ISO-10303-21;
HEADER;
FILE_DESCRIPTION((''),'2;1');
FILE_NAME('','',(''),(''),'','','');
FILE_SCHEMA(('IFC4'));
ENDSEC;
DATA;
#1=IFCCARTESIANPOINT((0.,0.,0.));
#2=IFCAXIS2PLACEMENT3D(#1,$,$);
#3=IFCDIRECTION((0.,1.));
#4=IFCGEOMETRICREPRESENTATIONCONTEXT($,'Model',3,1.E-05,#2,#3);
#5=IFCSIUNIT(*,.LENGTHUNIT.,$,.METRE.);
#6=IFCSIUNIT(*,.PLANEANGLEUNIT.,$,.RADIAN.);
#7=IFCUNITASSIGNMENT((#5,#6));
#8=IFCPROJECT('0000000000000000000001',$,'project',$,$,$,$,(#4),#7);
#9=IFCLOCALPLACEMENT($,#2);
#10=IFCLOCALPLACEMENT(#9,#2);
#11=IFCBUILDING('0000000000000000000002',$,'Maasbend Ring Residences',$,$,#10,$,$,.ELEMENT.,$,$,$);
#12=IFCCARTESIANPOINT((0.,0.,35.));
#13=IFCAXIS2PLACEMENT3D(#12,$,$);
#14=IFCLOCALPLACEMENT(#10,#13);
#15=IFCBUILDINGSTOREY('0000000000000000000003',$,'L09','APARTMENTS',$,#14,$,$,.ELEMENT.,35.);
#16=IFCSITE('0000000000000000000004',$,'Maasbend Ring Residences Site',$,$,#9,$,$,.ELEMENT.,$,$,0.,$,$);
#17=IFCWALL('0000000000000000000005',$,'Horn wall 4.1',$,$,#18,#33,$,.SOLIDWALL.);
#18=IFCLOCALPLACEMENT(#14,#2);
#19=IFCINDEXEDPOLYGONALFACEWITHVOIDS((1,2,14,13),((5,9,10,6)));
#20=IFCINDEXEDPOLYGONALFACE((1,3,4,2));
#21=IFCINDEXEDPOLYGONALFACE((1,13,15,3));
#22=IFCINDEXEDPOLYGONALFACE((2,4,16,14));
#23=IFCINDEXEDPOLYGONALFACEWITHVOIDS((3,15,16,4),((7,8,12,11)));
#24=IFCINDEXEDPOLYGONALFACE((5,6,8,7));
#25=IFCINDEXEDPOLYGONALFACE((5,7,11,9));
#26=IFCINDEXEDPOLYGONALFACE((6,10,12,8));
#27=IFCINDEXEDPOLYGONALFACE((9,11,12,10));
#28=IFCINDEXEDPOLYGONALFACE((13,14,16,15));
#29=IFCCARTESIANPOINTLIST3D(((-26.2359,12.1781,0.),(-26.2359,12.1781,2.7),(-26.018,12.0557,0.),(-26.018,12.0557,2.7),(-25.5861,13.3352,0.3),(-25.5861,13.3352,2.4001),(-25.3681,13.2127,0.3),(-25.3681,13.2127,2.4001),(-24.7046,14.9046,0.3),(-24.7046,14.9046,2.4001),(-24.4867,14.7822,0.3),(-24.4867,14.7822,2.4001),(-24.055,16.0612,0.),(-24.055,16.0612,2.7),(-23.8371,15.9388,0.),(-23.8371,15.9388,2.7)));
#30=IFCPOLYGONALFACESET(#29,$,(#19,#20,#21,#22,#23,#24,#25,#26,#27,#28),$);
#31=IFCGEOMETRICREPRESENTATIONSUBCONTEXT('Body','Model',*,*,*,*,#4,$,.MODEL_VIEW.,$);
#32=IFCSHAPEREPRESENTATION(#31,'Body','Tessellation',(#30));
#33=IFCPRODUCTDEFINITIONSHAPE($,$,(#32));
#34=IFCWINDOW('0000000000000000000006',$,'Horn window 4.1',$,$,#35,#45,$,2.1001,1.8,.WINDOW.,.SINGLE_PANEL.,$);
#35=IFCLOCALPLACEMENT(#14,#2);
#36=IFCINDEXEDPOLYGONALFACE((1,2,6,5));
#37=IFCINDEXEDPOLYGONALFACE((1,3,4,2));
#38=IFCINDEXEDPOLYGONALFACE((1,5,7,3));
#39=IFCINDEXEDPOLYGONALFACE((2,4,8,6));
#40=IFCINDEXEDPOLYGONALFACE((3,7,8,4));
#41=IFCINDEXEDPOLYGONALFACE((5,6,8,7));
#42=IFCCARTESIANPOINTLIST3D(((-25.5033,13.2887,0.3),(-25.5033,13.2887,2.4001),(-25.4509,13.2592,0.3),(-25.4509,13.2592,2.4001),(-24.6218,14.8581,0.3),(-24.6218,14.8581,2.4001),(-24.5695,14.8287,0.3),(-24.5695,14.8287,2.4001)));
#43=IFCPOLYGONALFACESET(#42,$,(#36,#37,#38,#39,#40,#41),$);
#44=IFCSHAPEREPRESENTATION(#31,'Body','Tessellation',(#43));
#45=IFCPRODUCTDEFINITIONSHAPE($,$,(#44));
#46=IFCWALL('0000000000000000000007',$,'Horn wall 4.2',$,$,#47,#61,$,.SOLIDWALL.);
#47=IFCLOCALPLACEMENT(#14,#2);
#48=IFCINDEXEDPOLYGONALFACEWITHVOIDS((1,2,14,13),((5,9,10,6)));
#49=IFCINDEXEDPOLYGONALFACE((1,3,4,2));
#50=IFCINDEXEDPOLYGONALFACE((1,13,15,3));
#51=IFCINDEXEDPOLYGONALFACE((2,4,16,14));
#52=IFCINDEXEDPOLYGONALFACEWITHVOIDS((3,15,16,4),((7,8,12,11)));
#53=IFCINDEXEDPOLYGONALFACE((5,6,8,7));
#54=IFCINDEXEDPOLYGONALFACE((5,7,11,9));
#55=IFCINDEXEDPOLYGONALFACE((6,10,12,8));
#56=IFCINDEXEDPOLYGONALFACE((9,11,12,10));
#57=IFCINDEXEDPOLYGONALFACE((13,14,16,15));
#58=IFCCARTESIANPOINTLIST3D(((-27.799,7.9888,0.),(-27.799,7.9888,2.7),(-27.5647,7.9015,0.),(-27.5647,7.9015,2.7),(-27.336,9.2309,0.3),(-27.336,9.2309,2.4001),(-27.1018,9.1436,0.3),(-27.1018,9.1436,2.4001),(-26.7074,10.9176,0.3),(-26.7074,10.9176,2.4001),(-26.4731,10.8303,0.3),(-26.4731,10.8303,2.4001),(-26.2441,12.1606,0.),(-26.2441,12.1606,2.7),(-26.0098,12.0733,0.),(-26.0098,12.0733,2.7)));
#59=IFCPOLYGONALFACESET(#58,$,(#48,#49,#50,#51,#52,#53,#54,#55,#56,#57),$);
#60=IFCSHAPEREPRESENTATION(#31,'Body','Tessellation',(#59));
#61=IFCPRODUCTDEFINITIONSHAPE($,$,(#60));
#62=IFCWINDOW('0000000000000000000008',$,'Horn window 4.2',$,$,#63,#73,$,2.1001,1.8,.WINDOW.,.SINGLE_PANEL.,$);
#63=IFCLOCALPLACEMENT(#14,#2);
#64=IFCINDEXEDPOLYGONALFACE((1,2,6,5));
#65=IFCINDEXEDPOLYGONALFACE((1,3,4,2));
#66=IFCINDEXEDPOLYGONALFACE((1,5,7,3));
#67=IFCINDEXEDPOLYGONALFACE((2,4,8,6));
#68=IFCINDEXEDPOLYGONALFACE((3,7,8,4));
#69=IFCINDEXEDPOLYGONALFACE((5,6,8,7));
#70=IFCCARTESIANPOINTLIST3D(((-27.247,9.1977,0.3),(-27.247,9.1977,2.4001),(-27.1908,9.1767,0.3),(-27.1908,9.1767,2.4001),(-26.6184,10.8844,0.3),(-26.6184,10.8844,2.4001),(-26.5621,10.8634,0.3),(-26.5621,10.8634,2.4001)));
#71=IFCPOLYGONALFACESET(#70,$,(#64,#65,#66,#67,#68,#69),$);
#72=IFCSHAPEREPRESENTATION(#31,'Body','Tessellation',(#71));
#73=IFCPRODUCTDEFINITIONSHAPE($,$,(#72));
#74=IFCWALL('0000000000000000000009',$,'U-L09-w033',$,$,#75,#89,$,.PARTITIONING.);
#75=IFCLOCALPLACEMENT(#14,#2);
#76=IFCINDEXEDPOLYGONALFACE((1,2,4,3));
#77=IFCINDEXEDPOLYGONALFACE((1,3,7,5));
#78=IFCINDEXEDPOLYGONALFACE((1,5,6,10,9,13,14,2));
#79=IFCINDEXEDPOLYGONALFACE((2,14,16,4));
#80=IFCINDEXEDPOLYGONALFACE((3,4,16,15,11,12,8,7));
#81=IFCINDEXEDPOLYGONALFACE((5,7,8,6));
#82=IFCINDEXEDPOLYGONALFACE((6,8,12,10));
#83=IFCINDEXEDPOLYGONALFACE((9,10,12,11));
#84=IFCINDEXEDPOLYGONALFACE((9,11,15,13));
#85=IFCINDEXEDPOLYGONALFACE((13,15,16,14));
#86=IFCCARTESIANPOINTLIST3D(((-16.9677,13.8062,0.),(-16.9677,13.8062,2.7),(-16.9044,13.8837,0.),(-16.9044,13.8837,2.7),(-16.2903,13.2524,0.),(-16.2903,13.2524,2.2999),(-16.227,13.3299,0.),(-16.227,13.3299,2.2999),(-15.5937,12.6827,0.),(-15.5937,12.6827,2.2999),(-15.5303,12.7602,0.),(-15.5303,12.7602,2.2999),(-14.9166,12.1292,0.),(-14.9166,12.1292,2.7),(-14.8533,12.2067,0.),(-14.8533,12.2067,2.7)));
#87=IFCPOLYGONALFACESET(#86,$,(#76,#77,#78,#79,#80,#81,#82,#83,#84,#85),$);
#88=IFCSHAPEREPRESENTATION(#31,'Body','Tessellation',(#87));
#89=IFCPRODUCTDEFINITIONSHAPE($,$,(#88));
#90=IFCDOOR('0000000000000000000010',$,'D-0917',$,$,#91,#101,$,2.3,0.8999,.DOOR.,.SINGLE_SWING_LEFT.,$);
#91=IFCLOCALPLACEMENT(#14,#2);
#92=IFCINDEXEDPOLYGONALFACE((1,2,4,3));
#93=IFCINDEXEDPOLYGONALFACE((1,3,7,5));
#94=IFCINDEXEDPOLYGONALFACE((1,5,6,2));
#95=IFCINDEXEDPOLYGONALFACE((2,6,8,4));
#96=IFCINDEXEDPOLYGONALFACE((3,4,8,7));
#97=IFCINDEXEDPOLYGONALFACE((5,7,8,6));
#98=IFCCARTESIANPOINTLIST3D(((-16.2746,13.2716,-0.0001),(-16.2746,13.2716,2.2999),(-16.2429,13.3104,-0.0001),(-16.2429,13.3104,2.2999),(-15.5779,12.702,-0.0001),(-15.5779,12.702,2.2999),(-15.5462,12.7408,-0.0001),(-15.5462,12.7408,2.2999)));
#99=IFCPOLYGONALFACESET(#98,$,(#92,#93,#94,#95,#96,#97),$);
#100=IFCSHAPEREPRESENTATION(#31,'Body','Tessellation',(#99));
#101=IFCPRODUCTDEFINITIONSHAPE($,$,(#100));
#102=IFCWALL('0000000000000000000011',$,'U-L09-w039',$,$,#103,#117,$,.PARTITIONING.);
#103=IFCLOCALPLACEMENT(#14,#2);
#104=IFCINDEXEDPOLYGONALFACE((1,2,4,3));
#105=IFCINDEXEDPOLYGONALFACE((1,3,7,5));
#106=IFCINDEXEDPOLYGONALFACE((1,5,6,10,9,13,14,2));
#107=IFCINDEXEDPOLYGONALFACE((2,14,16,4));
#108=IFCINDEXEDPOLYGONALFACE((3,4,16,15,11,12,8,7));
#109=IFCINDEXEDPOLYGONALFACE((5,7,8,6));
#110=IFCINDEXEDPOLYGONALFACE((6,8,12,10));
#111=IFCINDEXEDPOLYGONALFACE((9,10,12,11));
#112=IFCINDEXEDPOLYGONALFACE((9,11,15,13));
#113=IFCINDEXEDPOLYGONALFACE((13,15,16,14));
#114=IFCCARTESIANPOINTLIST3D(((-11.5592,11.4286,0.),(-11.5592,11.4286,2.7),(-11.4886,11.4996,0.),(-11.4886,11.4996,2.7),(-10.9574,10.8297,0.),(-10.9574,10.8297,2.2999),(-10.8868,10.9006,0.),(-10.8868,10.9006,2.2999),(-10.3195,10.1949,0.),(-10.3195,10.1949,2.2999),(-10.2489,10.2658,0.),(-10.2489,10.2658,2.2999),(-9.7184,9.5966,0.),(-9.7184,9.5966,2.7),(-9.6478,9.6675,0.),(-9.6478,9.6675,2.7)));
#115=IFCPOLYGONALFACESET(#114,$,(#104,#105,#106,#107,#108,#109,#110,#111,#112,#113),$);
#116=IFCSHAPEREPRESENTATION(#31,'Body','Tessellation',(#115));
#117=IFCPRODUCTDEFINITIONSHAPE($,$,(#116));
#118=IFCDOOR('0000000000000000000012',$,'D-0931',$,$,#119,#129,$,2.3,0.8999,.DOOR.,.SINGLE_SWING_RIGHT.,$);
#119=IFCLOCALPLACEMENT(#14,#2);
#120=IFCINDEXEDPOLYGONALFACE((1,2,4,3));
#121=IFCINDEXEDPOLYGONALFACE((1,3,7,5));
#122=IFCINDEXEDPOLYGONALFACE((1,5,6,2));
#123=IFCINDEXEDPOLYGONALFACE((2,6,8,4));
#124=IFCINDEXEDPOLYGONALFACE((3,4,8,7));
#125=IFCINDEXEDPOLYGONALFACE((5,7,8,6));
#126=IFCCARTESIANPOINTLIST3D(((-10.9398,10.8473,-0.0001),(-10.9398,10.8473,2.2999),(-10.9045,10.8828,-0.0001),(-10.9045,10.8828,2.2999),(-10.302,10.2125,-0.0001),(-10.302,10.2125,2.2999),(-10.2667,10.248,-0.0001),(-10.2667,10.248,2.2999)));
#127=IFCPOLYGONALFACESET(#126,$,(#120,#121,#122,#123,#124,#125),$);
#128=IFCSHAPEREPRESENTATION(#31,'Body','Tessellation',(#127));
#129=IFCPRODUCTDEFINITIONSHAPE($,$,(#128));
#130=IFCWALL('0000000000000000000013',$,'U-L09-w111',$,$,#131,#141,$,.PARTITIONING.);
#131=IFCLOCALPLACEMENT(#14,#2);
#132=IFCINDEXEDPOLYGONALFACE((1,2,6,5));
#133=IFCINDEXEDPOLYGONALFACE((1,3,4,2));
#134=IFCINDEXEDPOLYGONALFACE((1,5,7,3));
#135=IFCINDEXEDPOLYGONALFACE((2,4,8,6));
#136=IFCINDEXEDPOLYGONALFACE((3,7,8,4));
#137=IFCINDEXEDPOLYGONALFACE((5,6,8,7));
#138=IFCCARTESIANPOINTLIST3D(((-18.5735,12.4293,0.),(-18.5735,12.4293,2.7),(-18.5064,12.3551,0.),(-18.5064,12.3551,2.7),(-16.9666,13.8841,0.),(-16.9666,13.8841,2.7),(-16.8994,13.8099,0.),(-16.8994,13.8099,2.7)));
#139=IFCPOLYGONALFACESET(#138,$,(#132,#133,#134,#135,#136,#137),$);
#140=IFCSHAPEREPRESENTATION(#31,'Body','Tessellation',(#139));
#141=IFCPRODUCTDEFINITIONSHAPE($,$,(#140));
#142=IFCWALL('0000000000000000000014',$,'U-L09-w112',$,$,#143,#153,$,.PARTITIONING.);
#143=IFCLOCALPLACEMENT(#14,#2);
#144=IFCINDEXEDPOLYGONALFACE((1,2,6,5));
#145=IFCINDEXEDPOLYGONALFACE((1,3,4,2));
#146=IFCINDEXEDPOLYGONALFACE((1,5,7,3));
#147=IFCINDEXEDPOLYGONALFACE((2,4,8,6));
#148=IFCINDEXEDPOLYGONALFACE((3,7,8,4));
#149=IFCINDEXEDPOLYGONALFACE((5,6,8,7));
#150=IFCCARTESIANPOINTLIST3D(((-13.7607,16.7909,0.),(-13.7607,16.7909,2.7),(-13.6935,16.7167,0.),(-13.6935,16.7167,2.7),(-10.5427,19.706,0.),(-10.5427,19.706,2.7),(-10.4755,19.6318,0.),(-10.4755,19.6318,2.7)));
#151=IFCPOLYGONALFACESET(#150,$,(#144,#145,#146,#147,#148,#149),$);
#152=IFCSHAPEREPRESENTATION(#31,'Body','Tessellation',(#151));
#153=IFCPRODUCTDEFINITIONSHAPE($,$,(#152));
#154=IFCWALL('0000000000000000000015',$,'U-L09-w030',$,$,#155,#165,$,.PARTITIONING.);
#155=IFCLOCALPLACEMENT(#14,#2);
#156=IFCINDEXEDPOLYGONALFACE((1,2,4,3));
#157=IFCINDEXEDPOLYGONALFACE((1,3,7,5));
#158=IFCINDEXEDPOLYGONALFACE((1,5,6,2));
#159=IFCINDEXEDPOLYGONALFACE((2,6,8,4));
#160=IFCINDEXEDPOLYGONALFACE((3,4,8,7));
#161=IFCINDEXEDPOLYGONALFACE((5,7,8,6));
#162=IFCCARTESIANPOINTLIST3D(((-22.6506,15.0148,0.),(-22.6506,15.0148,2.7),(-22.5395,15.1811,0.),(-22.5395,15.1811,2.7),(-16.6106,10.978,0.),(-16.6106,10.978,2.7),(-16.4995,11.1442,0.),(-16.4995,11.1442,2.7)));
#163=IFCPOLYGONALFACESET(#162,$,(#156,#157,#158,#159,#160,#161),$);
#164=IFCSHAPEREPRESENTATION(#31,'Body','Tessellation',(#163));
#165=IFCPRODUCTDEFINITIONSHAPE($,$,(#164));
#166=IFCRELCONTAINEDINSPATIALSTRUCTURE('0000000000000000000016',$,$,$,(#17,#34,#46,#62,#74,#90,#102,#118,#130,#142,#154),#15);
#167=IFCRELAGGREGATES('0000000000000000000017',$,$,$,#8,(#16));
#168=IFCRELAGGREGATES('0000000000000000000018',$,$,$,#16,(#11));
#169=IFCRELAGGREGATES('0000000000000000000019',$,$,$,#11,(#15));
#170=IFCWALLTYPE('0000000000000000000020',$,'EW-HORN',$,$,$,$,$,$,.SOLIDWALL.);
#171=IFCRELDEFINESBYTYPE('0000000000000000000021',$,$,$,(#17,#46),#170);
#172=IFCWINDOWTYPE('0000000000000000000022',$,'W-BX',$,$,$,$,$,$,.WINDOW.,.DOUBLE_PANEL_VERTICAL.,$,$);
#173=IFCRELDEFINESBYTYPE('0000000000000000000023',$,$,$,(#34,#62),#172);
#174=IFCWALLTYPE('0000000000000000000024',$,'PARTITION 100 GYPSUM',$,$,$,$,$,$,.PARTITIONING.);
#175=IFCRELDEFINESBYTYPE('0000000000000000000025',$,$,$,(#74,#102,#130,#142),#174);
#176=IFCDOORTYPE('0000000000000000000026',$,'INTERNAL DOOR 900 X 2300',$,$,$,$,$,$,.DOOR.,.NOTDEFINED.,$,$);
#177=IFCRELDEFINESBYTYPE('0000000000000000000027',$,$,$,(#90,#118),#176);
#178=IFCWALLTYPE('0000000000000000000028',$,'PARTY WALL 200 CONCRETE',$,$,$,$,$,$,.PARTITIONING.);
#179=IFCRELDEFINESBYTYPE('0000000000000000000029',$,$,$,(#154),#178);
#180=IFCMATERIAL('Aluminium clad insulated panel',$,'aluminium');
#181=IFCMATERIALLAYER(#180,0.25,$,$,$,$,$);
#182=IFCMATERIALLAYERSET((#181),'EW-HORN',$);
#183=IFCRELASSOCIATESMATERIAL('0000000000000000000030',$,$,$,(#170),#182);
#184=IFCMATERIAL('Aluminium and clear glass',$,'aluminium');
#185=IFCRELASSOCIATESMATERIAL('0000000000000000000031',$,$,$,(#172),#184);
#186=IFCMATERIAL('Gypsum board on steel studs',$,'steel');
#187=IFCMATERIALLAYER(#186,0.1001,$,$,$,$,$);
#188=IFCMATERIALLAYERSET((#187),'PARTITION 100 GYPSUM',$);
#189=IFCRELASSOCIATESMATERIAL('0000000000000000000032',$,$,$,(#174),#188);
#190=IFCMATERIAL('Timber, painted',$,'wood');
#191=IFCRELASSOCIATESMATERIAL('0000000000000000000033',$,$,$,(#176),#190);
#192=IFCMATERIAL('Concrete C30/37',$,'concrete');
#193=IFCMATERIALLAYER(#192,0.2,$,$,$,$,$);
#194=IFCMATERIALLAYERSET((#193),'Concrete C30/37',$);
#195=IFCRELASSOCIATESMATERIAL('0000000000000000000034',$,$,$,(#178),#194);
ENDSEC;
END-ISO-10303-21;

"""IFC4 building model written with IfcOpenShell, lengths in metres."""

from ifc_helpers import new_model, si_unit, direction, frame, frame_2d, origin, place, context, subcontext, project, spatial, rectangle, extrude, material, layer, layer_set, type_object, element, fill, save


model = new_model("IFC4")

# Units and contexts
model_context = context("Model", 3, precision=1e-05, world=origin(), true_north=direction((0.0, 1.0)))
body_context = subcontext(model_context, "Body", "Model", "MODEL_VIEW")
ifc_project = project(units=[si_unit("LENGTHUNIT", "METRE"), si_unit("PLANEANGLEUNIT", "RADIAN")], contexts=[model_context])

# Site, building, storey
site_placement = place(None, origin())
site = spatial("IfcSite", under=ifc_project, at=site_placement, Name="Maasbend Ring Residences Site", CompositionType="ELEMENT", RefElevation=0.0)
building_placement = place(site_placement, origin())
building = spatial("IfcBuilding", under=site, at=building_placement, Name="Maasbend Ring Residences", CompositionType="ELEMENT")
storey_placement = place(building_placement, frame((0.0, 0.0, 35.0)))
storey = spatial("IfcBuildingStorey", under=building, at=storey_placement, Name="L09", Description="APARTMENTS", CompositionType="ELEMENT", Elevation=35.0)

# Walls, openings, windows
ifc_material_1 = material(Name="Aluminium clad insulated panel", Category="aluminium")
ifc_layer_1 = layer(ifc_material_1, 0.25)
ifc_layer_set_1 = layer_set([ifc_layer_1], Name="EW-HORN")
wall_type_1 = type_object("IfcWallType", Name="EW-HORN", PredefinedType="SOLIDWALL", material=ifc_layer_set_1)
wall_1_placement = place(storey_placement, frame((-23.946, 16.0, 0.0), z_axis=(0.0, 0.0, 1.0), x_axis=(-0.489696, -0.871893, 0.0)))
wall_1 = element("IfcWall", 1, at=wall_1_placement, inside=storey, type_object=wall_type_1, Name="Horn wall 4.1", PredefinedType="SOLIDWALL", context=body_context, shape_type="SweptSolid", body=[
    extrude(rectangle(XDim=4.4536, YDim=0.25, at=frame_2d((2.2268, 0.0))), origin(), (0.0, 0.0, 1.0), 2.7),
])
opening_1_placement = place(wall_1_placement, frame((1.3267, 0.0, 0.3)))
opening_1 = element("IfcOpeningElement", 2, at=opening_1_placement, cuts=wall_1, PredefinedType="OPENING", context=body_context, shape_type="SweptSolid", body=[
    extrude(rectangle(XDim=1.8, YDim=2.1001, at=frame_2d((0.8999, 1.05))), frame((0.0, 0.135, 0.0), z_axis=(0.0, -1.0, 0.0), x_axis=(1.0, 0.0, 0.0)), (0.0, 0.0, 1.0), 0.27),
])
ifc_material_2 = material(Name="Aluminium and clear glass", Category="aluminium")
window_type_1 = type_object("IfcWindowType", Name="W-BX", PartitioningType="DOUBLE_PANEL_VERTICAL", PredefinedType="WINDOW", material=ifc_material_2)
window_1_placement = place(opening_1_placement, origin())
window_1 = element("IfcWindow", 3, at=window_1_placement, inside=storey, type_object=window_type_1, Name="Horn window 4.1", OverallHeight=2.1001, OverallWidth=1.8, PartitioningType="SINGLE_PANEL", PredefinedType="WINDOW", context=body_context, shape_type="SweptSolid", body=[
    extrude(rectangle(XDim=1.8, YDim=2.1001, at=frame_2d((0.8999, 1.05))), frame((0.0, 0.03, 0.0), z_axis=(0.0, -1.0, 0.0), x_axis=(1.0, 0.0, 0.0)), (0.0, 0.0, 1.0), 0.0601),
])
fill(opening_1, window_1)
wall_2_placement = place(storey_placement, frame((-26.127, 12.1169, 0.0), z_axis=(0.0, 0.0, 1.0), x_axis=(-0.349248, -0.93703, 0.0)))
wall_2 = element("IfcWall", 4, at=wall_2_placement, inside=storey, type_object=wall_type_1, Name="Horn wall 4.2", PredefinedType="SOLIDWALL", context=body_context, shape_type="SweptSolid", body=[
    extrude(rectangle(XDim=4.4521, YDim=0.25, at=frame_2d((2.2261, 0.0))), origin(), (0.0, 0.0, 1.0), 2.7),
])
opening_2_placement = place(wall_2_placement, frame((1.3267, 0.0, 0.3)))
opening_2 = element("IfcOpeningElement", 5, at=opening_2_placement, cuts=wall_2, PredefinedType="OPENING", context=body_context, shape_type="SweptSolid", body=[
    extrude(rectangle(XDim=1.8, YDim=2.1001, at=frame_2d((0.8999, 1.05))), frame((0.0, 0.135, 0.0), z_axis=(0.0, -1.0, 0.0), x_axis=(1.0, 0.0, 0.0)), (0.0, 0.0, 1.0), 0.27),
])
window_2_placement = place(opening_2_placement, origin())
window_2 = element("IfcWindow", 6, at=window_2_placement, inside=storey, type_object=window_type_1, Name="Horn window 4.2", OverallHeight=2.1001, OverallWidth=1.8, PartitioningType="SINGLE_PANEL", PredefinedType="WINDOW", context=body_context, shape_type="SweptSolid", body=[
    extrude(rectangle(XDim=1.8, YDim=2.1001, at=frame_2d((0.8999, 1.05))), frame((0.0, 0.03, 0.0), z_axis=(0.0, -1.0, 0.0), x_axis=(1.0, 0.0, 0.0)), (0.0, 0.0, 1.0), 0.0601),
])
fill(opening_2, window_2)

# Walls, openings, doors
ifc_material_3 = material(Name="Gypsum board on steel studs", Category="steel")
ifc_layer_2 = layer(ifc_material_3, 0.1001)
ifc_layer_set_2 = layer_set([ifc_layer_2], Name="PARTITION 100 GYPSUM")
wall_type_2 = type_object("IfcWallType", Name="PARTITION 100 GYPSUM", PredefinedType="PARTITIONING", material=ifc_layer_set_2)
wall_3_placement = place(storey_placement, frame((-16.936, 13.845, 0.0), z_axis=(0.0, 0.0, 1.0), x_axis=(0.774163, -0.632987, 0.0)))
wall_3 = element("IfcWall", 7, at=wall_3_placement, inside=storey, type_object=wall_type_2, Name="U-L09-w033", PredefinedType="PARTITIONING", context=body_context, shape_type="SweptSolid", body=[
    extrude(rectangle(XDim=2.6494, YDim=0.1001, at=frame_2d((1.3247, 0.0))), origin(), (0.0, 0.0, 1.0), 2.7),
])
opening_3_placement = place(wall_3_placement, frame((0.875, 0.0, 0.0)))
opening_3 = element("IfcOpeningElement", 8, at=opening_3_placement, cuts=wall_3, PredefinedType="OPENING", context=body_context, shape_type="SweptSolid", body=[
    extrude(rectangle(XDim=0.8999, YDim=2.3, at=frame_2d((0.45, 1.1499))), frame((0.0, 0.0601, 0.0), z_axis=(0.0, -1.0, 0.0), x_axis=(1.0, 0.0, 0.0)), (0.0, 0.0, 1.0), 0.1201),
])
ifc_material_4 = material(Name="Timber, painted", Category="wood")
door_type = type_object("IfcDoorType", Name="INTERNAL DOOR 900 X 2300", OperationType="NOTDEFINED", PredefinedType="DOOR", material=ifc_material_4)
door_1_placement = place(opening_3_placement, origin())
door_1 = element("IfcDoor", 9, at=door_1_placement, inside=storey, type_object=door_type, Name="D-0917", OperationType="SINGLE_SWING_LEFT", OverallHeight=2.3, OverallWidth=0.8999, PredefinedType="DOOR", context=body_context, shape_type="SweptSolid", body=[
    extrude(rectangle(XDim=0.8999, YDim=2.3, at=frame_2d((0.45, 1.1499))), frame((0.0, 0.0249, 0.0), z_axis=(0.0, -1.0, 0.0), x_axis=(1.0, 0.0, 0.0)), (0.0, 0.0, 1.0), 0.05),
])
fill(opening_3, door_1)
wall_4_placement = place(storey_placement, frame((-11.5239, 11.4641, 0.0), z_axis=(0.0, 0.0, 1.0), x_axis=(0.708797, -0.705413, 0.0)))
wall_4 = element("IfcWall", 10, at=wall_4_placement, inside=storey, type_object=wall_type_2, Name="U-L09-w039", PredefinedType="PARTITIONING", context=body_context, shape_type="SweptSolid", body=[
    extrude(rectangle(XDim=2.5972, YDim=0.1001, at=frame_2d((1.2986, 0.0))), origin(), (0.0, 0.0, 1.0), 2.7),
])
opening_4_placement = place(wall_4_placement, frame((0.8491, 0.0, 0.0)))
opening_4 = element("IfcOpeningElement", 11, at=opening_4_placement, cuts=wall_4, PredefinedType="OPENING", context=body_context, shape_type="SweptSolid", body=[
    extrude(rectangle(XDim=0.8999, YDim=2.3, at=frame_2d((0.45, 1.1499))), frame((0.0, 0.0601, 0.0), z_axis=(0.0, -1.0, 0.0), x_axis=(1.0, 0.0, 0.0)), (0.0, 0.0, 1.0), 0.1201),
])
door_2_placement = place(opening_4_placement, origin())
door_2 = element("IfcDoor", 12, at=door_2_placement, inside=storey, type_object=door_type, Name="D-0931", OperationType="SINGLE_SWING_RIGHT", OverallHeight=2.3, OverallWidth=0.8999, PredefinedType="DOOR", context=body_context, shape_type="SweptSolid", body=[
    extrude(rectangle(XDim=0.8999, YDim=2.3, at=frame_2d((0.45, 1.1499))), frame((0.0, 0.0249, 0.0), z_axis=(0.0, -1.0, 0.0), x_axis=(1.0, 0.0, 0.0)), (0.0, 0.0, 1.0), 0.05),
])
fill(opening_4, door_2)

# Walls
wall_5_placement = place(storey_placement, frame((-18.54, 12.3921, 0.0), z_axis=(0.0, 0.0, 1.0), x_axis=(0.74132, 0.671152, 0.0)))
element("IfcWall", 13, at=wall_5_placement, inside=storey, type_object=wall_type_2, Name="U-L09-w111", PredefinedType="PARTITIONING", context=body_context, shape_type="SweptSolid", body=[
    extrude(rectangle(XDim=2.1677, YDim=0.1001, at=frame_2d((1.084, 0.0))), origin(), (0.0, 0.0, 1.0), 2.7),
])
wall_6_placement = place(storey_placement, frame((-13.7271, 16.7539, 0.0), z_axis=(0.0, 0.0, 1.0), x_axis=(0.741135, 0.671356, 0.0)))
element("IfcWall", 14, at=wall_6_placement, inside=storey, type_object=wall_type_2, Name="U-L09-w112", PredefinedType="PARTITIONING", context=body_context, shape_type="SweptSolid", body=[
    extrude(rectangle(XDim=4.342, YDim=0.1001, at=frame_2d((2.1709, 0.0))), origin(), (0.0, 0.0, 1.0), 2.7),
])
ifc_material_5 = material(Name="Concrete C30/37", Category="concrete")
ifc_layer_3 = layer(ifc_material_5, 0.2)
ifc_layer_set_3 = layer_set([ifc_layer_3], Name="Concrete C30/37")
wall_type_3 = type_object("IfcWallType", Name="PARTY WALL 200 CONCRETE", PredefinedType="PARTITIONING", material=ifc_layer_set_3)
wall_7_placement = place(storey_placement, frame((-22.595, 15.0979, 0.0), z_axis=(0.0, 0.0, 1.0), x_axis=(0.831403, -0.555669, 0.0)))
element("IfcWall", 15, at=wall_7_placement, inside=storey, type_object=wall_type_3, Name="U-L09-w030", PredefinedType="PARTITIONING", context=body_context, shape_type="SweptSolid", body=[
    extrude(rectangle(XDim=7.2649, YDim=0.2, at=frame_2d((3.6323, 0.0))), origin(), (0.0, 0.0, 1.0), 2.7),
])

save(model, "model.ifc")
